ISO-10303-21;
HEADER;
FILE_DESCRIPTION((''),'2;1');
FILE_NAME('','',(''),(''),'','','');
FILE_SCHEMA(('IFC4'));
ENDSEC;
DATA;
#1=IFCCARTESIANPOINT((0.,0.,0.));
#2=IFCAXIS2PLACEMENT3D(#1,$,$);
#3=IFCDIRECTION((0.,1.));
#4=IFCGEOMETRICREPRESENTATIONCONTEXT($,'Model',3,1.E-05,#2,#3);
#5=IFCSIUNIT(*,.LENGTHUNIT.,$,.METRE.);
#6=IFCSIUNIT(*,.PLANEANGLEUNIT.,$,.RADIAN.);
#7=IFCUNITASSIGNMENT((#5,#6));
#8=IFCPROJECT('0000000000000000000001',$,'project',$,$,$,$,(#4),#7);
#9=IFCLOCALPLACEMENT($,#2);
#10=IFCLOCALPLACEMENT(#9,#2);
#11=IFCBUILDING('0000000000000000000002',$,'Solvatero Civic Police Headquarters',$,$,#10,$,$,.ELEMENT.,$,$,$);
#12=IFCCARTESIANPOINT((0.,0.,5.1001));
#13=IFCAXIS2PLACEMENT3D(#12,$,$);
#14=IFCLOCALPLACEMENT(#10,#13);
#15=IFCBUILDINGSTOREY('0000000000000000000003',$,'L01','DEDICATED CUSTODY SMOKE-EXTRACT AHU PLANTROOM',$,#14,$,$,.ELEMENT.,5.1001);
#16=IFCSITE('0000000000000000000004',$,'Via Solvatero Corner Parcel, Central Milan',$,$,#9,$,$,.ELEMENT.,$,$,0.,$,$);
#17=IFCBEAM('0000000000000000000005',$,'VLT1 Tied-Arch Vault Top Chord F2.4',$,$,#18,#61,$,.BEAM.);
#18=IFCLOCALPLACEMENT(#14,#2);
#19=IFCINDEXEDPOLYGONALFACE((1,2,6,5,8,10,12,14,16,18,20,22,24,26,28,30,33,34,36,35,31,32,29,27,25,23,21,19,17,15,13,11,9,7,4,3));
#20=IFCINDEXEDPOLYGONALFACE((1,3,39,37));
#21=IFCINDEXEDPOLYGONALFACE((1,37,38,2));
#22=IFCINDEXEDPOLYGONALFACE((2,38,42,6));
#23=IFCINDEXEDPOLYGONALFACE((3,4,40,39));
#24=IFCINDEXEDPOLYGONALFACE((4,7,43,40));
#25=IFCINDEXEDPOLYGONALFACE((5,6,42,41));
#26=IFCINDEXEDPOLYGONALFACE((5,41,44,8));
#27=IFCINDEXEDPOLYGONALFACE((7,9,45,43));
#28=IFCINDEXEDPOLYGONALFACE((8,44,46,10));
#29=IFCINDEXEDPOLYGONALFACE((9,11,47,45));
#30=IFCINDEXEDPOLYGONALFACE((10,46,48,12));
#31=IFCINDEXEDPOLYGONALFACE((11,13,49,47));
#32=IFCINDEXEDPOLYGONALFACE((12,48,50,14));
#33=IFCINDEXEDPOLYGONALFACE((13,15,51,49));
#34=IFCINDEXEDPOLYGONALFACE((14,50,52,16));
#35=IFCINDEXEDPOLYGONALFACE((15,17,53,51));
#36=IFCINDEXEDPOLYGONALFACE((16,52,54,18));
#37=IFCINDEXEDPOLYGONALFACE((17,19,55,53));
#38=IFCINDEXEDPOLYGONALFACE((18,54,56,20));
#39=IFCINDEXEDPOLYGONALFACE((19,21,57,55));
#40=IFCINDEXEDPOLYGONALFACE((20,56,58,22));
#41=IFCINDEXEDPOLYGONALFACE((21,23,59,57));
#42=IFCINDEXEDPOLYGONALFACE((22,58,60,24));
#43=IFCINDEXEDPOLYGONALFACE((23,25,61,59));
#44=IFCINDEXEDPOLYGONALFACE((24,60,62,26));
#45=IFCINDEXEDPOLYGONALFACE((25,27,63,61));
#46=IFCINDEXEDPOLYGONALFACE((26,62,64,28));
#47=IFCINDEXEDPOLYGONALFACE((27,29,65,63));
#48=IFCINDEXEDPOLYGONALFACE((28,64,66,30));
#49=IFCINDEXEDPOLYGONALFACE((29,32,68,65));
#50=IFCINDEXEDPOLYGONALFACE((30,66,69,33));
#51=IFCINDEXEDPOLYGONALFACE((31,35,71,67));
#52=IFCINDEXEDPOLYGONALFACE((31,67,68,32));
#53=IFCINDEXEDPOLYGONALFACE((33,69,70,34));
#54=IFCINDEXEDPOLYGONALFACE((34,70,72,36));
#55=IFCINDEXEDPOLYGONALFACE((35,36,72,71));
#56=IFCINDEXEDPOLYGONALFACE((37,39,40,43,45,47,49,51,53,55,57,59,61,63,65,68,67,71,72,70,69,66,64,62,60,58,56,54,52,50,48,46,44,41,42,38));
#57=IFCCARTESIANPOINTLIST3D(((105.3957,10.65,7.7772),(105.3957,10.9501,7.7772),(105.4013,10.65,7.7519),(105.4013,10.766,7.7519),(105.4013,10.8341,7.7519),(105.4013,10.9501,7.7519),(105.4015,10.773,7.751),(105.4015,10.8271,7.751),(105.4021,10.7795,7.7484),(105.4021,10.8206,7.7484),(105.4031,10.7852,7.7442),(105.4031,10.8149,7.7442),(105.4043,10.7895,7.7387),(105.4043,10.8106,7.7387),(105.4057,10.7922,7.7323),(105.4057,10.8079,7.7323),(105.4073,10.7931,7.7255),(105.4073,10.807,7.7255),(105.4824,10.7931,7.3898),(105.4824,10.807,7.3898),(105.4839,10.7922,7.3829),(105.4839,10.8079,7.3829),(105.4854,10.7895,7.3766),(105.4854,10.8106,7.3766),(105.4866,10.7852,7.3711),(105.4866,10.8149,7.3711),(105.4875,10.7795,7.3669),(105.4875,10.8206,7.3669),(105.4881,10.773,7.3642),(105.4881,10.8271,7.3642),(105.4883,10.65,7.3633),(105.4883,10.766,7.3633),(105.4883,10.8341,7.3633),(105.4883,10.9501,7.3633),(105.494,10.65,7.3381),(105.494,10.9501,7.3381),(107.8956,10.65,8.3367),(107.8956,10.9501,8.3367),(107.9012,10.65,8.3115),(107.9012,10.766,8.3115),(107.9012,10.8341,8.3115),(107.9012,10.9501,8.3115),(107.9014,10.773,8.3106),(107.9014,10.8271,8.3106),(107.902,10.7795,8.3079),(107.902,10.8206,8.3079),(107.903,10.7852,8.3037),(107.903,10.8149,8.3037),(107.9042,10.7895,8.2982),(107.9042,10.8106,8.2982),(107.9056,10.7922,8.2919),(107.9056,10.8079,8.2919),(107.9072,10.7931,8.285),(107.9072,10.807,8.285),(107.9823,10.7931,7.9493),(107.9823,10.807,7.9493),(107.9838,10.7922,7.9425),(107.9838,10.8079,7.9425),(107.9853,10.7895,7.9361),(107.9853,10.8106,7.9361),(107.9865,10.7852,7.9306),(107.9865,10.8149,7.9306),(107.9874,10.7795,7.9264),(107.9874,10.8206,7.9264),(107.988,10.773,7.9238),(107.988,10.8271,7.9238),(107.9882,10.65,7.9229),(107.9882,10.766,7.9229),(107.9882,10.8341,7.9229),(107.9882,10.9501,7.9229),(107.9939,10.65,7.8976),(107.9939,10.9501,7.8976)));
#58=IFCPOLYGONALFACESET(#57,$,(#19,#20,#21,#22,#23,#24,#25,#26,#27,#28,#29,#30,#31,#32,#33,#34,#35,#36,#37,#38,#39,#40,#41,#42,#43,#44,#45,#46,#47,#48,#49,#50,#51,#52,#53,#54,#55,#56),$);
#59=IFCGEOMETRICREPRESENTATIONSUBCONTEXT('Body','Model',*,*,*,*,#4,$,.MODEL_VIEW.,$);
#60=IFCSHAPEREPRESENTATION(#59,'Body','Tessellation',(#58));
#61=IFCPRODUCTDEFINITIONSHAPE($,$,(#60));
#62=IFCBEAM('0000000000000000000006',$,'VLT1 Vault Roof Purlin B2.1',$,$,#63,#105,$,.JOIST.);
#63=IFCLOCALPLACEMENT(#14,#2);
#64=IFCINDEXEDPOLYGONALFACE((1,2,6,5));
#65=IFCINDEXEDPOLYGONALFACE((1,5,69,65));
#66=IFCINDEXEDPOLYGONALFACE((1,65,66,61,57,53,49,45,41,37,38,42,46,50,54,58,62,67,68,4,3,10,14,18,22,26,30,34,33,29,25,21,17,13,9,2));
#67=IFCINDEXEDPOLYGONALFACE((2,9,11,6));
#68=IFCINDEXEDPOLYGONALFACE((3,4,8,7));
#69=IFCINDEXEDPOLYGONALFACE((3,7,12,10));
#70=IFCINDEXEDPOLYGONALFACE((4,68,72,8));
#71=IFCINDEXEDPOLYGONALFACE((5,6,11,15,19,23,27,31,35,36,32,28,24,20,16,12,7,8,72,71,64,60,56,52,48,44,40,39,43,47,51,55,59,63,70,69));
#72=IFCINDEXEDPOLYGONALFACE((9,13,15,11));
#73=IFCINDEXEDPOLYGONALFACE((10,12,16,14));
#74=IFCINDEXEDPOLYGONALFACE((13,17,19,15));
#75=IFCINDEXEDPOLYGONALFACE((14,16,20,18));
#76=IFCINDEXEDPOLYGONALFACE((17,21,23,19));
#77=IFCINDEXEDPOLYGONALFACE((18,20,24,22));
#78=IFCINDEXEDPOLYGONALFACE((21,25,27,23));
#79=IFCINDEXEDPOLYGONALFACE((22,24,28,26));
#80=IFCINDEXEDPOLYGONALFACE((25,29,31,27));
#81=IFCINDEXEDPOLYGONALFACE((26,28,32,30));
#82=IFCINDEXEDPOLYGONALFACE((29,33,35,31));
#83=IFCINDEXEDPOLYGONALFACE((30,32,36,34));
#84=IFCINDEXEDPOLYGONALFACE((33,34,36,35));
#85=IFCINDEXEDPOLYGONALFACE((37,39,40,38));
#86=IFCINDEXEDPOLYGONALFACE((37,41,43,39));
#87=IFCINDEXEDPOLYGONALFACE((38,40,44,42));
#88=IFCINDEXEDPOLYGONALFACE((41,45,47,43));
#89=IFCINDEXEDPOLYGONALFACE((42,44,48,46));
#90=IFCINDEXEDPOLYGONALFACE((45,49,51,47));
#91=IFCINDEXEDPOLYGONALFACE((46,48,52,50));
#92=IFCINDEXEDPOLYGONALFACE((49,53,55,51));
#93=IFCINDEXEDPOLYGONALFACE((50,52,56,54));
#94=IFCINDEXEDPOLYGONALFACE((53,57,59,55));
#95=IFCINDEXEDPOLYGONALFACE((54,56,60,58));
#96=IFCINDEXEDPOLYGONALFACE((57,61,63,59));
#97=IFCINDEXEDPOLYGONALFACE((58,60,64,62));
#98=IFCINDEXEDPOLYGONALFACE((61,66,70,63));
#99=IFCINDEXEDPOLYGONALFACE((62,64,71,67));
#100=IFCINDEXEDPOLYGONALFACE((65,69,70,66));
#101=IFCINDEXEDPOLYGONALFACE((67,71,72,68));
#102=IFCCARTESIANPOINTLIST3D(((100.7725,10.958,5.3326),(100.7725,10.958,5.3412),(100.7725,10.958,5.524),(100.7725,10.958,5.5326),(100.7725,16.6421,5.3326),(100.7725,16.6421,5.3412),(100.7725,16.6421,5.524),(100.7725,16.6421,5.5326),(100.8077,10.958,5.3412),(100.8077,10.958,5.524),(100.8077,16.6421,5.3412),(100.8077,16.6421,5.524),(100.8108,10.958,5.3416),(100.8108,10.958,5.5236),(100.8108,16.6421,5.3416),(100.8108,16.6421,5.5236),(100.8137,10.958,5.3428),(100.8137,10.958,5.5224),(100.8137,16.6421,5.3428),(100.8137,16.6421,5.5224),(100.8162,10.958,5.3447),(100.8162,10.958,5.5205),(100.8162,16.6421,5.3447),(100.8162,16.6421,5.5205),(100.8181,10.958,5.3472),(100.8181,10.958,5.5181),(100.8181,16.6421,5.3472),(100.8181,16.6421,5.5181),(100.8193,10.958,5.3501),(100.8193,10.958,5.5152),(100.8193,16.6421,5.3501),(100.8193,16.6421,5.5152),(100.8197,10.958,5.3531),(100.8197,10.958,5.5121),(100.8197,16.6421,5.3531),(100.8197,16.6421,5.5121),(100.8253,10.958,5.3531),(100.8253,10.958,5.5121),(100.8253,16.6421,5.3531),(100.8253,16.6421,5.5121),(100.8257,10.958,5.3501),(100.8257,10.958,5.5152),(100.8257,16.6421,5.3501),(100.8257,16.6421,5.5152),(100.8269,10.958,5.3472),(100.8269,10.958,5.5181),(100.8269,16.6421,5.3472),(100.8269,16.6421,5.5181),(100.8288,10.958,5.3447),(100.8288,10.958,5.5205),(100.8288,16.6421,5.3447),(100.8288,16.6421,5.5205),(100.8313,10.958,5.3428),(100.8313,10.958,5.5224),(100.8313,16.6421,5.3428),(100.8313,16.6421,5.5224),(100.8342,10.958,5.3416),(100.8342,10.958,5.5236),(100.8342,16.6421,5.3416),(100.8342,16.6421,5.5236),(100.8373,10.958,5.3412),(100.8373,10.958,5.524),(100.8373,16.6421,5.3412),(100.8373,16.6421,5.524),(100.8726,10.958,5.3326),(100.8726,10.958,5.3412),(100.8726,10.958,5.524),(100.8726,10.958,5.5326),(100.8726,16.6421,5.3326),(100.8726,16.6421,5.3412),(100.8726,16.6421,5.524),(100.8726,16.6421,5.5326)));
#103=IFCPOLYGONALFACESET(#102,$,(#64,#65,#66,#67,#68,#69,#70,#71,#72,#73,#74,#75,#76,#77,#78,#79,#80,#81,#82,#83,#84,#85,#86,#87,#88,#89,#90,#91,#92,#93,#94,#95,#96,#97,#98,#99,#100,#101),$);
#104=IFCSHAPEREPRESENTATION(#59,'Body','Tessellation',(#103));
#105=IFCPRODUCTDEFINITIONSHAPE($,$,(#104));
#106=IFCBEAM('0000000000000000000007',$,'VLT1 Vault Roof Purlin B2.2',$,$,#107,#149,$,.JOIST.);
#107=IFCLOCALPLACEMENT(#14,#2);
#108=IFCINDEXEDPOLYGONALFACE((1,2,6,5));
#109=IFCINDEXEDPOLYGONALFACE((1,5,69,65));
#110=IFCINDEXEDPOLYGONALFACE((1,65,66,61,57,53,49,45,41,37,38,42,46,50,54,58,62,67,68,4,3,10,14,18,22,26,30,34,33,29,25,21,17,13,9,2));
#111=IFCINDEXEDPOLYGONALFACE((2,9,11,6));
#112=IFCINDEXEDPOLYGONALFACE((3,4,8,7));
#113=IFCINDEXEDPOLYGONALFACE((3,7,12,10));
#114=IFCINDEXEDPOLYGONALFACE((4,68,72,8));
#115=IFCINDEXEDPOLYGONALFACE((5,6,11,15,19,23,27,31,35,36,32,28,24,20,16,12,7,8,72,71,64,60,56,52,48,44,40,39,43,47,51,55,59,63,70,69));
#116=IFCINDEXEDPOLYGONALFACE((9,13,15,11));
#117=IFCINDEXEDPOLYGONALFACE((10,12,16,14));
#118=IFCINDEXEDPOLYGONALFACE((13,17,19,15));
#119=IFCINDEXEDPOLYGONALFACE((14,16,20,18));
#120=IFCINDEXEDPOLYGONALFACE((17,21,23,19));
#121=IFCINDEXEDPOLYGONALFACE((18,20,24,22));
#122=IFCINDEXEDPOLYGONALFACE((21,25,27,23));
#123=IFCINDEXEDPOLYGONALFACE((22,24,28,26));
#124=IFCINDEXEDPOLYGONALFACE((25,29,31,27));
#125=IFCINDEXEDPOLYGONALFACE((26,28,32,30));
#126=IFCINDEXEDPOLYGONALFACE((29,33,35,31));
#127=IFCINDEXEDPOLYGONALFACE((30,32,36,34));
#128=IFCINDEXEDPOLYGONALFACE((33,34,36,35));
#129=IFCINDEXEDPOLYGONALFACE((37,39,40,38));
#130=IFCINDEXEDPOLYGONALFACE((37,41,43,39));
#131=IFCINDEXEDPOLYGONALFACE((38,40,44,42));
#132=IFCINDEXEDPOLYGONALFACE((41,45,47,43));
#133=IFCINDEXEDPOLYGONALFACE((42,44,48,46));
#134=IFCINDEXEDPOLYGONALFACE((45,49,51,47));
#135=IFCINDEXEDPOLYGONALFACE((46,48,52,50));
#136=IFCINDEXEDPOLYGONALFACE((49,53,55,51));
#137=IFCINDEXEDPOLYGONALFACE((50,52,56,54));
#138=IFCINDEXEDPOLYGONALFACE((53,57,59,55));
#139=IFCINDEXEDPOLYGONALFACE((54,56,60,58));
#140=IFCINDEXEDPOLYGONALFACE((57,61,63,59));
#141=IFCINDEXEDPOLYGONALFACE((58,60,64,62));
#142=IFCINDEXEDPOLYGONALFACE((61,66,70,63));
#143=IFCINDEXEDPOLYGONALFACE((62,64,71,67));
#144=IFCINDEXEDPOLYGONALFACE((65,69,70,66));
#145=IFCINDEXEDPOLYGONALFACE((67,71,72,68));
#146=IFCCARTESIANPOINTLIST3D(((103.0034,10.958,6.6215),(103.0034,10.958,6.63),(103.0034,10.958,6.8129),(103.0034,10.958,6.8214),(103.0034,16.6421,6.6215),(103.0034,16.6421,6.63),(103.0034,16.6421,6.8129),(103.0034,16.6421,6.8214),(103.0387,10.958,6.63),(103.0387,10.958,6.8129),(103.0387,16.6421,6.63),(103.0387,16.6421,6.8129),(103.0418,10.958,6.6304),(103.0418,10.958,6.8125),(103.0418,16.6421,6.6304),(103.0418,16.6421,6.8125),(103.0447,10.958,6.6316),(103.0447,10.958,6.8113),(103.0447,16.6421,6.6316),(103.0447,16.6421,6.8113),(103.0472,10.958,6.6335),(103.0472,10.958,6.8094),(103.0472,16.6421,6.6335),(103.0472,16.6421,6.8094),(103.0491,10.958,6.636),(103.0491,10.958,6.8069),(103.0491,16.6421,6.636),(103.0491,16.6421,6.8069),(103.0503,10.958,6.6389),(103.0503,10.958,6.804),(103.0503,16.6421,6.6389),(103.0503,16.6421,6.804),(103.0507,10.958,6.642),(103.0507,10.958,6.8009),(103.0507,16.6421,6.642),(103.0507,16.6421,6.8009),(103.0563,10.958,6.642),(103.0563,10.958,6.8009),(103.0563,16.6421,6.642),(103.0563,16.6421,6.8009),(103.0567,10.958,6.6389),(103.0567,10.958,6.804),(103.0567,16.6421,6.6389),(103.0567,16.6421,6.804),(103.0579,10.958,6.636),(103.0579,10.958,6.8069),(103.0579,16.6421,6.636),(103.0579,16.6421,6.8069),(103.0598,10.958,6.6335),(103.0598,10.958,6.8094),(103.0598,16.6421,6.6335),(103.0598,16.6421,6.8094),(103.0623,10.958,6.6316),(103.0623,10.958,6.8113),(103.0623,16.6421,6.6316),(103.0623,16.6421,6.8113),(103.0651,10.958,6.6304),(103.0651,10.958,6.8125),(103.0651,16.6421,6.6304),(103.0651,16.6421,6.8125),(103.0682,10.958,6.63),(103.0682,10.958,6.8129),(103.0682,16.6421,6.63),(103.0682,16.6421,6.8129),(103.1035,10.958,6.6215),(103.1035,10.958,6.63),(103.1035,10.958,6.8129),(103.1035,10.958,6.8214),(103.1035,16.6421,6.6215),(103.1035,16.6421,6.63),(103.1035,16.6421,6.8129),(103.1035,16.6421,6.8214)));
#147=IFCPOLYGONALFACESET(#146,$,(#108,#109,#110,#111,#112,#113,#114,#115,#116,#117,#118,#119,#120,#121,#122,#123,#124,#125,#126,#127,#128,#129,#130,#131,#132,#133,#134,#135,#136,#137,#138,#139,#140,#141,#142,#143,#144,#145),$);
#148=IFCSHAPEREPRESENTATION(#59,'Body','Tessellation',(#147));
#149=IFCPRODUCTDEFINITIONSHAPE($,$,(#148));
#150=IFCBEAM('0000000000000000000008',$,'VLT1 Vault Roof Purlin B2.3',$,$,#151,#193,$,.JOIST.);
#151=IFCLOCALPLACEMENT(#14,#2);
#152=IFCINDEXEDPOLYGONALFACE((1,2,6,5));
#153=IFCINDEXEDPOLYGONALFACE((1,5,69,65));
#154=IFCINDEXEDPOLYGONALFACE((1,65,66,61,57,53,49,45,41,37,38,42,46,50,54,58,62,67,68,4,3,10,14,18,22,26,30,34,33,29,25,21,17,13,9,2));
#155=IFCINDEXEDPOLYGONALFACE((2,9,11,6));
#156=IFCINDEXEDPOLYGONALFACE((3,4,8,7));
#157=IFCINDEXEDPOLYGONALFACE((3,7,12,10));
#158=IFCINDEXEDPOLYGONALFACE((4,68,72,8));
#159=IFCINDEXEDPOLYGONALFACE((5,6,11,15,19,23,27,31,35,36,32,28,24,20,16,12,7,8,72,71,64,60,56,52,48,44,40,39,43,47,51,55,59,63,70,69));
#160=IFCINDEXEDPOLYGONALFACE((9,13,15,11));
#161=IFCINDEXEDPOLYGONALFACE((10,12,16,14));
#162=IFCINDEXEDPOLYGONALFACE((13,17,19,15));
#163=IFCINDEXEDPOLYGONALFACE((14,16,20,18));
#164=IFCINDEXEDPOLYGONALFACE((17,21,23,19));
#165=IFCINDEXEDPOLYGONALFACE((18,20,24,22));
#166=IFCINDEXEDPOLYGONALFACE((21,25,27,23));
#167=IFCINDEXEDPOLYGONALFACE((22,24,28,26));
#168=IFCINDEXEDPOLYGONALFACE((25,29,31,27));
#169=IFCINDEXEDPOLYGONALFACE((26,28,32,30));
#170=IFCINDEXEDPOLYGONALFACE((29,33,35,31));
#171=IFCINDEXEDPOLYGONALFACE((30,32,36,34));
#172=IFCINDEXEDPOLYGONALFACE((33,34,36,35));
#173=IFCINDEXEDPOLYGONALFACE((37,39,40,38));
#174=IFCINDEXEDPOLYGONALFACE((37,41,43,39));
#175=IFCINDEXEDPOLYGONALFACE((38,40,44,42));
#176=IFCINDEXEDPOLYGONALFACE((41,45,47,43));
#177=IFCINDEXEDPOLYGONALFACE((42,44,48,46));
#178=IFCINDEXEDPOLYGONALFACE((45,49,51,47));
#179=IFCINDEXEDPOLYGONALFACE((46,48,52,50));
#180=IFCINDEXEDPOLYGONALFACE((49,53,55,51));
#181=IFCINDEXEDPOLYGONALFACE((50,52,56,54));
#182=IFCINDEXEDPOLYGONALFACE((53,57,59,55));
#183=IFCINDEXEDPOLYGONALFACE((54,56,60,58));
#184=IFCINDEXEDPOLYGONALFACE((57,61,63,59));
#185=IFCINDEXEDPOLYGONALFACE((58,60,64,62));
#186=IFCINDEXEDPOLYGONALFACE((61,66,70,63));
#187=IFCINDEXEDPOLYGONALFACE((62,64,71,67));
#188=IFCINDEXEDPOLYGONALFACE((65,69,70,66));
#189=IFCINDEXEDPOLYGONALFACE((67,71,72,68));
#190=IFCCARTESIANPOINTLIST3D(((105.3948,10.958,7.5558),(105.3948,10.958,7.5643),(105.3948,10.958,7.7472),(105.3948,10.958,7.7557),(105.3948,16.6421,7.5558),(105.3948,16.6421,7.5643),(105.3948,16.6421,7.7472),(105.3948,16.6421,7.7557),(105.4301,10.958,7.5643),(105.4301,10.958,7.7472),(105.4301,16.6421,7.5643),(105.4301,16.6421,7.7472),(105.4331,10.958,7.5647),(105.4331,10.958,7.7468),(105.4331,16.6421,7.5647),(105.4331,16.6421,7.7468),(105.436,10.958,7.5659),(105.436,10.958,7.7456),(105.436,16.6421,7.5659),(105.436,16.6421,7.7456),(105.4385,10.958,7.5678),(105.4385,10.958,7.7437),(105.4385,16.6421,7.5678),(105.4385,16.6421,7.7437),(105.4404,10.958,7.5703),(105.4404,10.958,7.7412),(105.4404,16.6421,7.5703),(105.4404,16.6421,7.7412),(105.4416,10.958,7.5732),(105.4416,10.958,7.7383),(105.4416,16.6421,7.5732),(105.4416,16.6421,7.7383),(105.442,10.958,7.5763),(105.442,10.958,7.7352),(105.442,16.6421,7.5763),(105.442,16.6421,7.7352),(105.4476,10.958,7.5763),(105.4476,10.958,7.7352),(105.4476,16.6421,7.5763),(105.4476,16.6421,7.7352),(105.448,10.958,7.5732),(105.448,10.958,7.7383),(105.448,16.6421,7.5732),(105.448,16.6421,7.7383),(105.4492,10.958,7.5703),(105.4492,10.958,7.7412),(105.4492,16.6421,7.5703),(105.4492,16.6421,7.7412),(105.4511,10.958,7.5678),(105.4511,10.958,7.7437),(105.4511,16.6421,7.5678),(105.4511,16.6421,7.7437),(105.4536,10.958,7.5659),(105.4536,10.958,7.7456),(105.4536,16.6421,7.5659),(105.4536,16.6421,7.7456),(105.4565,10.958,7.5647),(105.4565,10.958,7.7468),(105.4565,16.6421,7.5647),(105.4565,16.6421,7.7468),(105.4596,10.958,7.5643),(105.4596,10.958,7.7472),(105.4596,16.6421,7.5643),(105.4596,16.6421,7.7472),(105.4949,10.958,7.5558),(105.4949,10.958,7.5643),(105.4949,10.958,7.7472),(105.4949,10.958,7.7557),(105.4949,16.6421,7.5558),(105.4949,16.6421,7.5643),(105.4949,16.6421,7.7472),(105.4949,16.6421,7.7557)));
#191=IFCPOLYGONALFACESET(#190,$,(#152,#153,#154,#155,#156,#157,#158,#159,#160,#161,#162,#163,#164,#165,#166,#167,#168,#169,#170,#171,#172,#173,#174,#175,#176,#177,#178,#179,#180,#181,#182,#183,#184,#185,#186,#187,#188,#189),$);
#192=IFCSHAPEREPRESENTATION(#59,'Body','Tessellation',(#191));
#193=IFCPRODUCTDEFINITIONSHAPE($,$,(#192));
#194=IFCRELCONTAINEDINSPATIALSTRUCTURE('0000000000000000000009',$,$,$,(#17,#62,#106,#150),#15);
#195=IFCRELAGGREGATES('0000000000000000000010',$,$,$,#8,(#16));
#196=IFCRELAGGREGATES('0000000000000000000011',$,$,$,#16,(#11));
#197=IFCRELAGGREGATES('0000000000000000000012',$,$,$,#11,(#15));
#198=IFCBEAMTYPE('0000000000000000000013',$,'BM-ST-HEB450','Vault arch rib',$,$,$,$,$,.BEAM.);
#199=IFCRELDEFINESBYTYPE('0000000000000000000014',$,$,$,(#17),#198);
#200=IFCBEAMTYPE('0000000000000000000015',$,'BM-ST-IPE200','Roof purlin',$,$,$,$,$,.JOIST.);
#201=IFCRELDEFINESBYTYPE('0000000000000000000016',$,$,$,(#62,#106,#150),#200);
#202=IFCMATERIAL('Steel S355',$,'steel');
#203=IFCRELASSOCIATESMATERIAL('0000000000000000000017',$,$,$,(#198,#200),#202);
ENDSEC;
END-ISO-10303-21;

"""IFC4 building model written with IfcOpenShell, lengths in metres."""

from ifc_helpers import new_model, si_unit, direction, frame, origin, origin_2d, place, context, subcontext, project, spatial, i_section, extrude, material, material_profile, profile_set, type_object, element, save


model = new_model("IFC4")

# Units and contexts
model_context = context("Model", 3, precision=1e-05, world=origin(), true_north=direction((0.0, 1.0)))
body_context = subcontext(model_context, "Body", "Model", "MODEL_VIEW")
ifc_project = project(units=[si_unit("LENGTHUNIT", "METRE"), si_unit("PLANEANGLEUNIT", "RADIAN")], contexts=[model_context])

# Site, building, storey
site_placement = place(None, origin())
site = spatial("IfcSite", under=ifc_project, at=site_placement, Name="Via Solvatero Corner Parcel, Central Milan", CompositionType="ELEMENT", RefElevation=0.0)
building_placement = place(site_placement, origin())
building = spatial("IfcBuilding", under=site, at=building_placement, Name="Solvatero Civic Police Headquarters", CompositionType="ELEMENT")
storey_placement = place(building_placement, frame((0.0, 0.0, 5.1001)))
storey = spatial("IfcBuildingStorey", under=building, at=storey_placement, Name="L01", Description="DEDICATED CUSTODY SMOKE-EXTRACT AHU PLANTROOM", CompositionType="ELEMENT", Elevation=5.1001)

# Beams
ifc_material_1 = material(Name="Steel S355", Category="steel")
ifc_material_profile_1 = material_profile(ifc_material_1, i_section(OverallWidth=0.3, OverallDepth=0.45, WebThickness=0.0139, FlangeThickness=0.0259, FilletRadius=0.0271, at=origin_2d()), Name="HEB 450")
ifc_profile_set_1 = profile_set([ifc_material_profile_1], Name="Steel S355")
beam_type_1 = type_object("IfcBeamType", Name="BM-ST-HEB450", Description="Vault arch rib", PredefinedType="BEAM", material=ifc_profile_set_1)
beam_1_placement = place(storey_placement, frame((105.4448, 10.8, 7.5576), z_axis=(0.975854, 0.0, 0.218424), x_axis=(0.0, 1.0, 0.0)))
element("IfcBeam", 1, at=beam_1_placement, inside=storey, type_object=beam_type_1, Name="VLT1 Tied-Arch Vault Top Chord F2.4", PredefinedType="BEAM", context=body_context, shape_type="SweptSolid", body=[
    extrude(i_section(OverallWidth=0.3, OverallDepth=0.45, WebThickness=0.0139, FlangeThickness=0.0259, FilletRadius=0.0271, at=origin_2d()), origin(), (0.0, 0.0, 1.0), 2.5618),
])
ifc_material_profile_2 = material_profile(ifc_material_1, i_section(OverallWidth=0.1001, OverallDepth=0.2, WebThickness=0.0056, FlangeThickness=0.0085, FilletRadius=0.012, at=origin_2d()), Name="IPE 200")
ifc_profile_set_2 = profile_set([ifc_material_profile_2], Name="Steel S355")
beam_type_2 = type_object("IfcBeamType", Name="BM-ST-IPE200", Description="Roof purlin", PredefinedType="JOIST", material=ifc_profile_set_2)
for number, where, z_axis, x_axis, name in (
    (2, (100.8225, 10.958, 5.4326), (0.0, 1.0, 0.0), (-1.0, 0.0, 0.0), "VLT1 Vault Roof Purlin B2.1"),
    (3, (103.0535, 10.958, 6.7214), (0.0, 1.0, 0.0), (-1.0, 0.0, 0.0), "VLT1 Vault Roof Purlin B2.2"),
    (4, (105.4448, 10.958, 7.6558), (0.0, 1.0, 0.0), (-1.0, 0.0, 0.0), "VLT1 Vault Roof Purlin B2.3"),
):
    element("IfcBeam", number, at=place(storey_placement, frame(where, z_axis=z_axis, x_axis=x_axis)), inside=storey, type_object=beam_type_2, Name=name, PredefinedType="JOIST", context=body_context, shape_type="SweptSolid", body=[
        extrude(i_section(OverallWidth=0.1001, OverallDepth=0.2, WebThickness=0.0056, FlangeThickness=0.0085, FilletRadius=0.012, at=origin_2d()), origin(), (0.0, 0.0, 1.0), 5.6841),
    ])

save(model, "model.ifc")
